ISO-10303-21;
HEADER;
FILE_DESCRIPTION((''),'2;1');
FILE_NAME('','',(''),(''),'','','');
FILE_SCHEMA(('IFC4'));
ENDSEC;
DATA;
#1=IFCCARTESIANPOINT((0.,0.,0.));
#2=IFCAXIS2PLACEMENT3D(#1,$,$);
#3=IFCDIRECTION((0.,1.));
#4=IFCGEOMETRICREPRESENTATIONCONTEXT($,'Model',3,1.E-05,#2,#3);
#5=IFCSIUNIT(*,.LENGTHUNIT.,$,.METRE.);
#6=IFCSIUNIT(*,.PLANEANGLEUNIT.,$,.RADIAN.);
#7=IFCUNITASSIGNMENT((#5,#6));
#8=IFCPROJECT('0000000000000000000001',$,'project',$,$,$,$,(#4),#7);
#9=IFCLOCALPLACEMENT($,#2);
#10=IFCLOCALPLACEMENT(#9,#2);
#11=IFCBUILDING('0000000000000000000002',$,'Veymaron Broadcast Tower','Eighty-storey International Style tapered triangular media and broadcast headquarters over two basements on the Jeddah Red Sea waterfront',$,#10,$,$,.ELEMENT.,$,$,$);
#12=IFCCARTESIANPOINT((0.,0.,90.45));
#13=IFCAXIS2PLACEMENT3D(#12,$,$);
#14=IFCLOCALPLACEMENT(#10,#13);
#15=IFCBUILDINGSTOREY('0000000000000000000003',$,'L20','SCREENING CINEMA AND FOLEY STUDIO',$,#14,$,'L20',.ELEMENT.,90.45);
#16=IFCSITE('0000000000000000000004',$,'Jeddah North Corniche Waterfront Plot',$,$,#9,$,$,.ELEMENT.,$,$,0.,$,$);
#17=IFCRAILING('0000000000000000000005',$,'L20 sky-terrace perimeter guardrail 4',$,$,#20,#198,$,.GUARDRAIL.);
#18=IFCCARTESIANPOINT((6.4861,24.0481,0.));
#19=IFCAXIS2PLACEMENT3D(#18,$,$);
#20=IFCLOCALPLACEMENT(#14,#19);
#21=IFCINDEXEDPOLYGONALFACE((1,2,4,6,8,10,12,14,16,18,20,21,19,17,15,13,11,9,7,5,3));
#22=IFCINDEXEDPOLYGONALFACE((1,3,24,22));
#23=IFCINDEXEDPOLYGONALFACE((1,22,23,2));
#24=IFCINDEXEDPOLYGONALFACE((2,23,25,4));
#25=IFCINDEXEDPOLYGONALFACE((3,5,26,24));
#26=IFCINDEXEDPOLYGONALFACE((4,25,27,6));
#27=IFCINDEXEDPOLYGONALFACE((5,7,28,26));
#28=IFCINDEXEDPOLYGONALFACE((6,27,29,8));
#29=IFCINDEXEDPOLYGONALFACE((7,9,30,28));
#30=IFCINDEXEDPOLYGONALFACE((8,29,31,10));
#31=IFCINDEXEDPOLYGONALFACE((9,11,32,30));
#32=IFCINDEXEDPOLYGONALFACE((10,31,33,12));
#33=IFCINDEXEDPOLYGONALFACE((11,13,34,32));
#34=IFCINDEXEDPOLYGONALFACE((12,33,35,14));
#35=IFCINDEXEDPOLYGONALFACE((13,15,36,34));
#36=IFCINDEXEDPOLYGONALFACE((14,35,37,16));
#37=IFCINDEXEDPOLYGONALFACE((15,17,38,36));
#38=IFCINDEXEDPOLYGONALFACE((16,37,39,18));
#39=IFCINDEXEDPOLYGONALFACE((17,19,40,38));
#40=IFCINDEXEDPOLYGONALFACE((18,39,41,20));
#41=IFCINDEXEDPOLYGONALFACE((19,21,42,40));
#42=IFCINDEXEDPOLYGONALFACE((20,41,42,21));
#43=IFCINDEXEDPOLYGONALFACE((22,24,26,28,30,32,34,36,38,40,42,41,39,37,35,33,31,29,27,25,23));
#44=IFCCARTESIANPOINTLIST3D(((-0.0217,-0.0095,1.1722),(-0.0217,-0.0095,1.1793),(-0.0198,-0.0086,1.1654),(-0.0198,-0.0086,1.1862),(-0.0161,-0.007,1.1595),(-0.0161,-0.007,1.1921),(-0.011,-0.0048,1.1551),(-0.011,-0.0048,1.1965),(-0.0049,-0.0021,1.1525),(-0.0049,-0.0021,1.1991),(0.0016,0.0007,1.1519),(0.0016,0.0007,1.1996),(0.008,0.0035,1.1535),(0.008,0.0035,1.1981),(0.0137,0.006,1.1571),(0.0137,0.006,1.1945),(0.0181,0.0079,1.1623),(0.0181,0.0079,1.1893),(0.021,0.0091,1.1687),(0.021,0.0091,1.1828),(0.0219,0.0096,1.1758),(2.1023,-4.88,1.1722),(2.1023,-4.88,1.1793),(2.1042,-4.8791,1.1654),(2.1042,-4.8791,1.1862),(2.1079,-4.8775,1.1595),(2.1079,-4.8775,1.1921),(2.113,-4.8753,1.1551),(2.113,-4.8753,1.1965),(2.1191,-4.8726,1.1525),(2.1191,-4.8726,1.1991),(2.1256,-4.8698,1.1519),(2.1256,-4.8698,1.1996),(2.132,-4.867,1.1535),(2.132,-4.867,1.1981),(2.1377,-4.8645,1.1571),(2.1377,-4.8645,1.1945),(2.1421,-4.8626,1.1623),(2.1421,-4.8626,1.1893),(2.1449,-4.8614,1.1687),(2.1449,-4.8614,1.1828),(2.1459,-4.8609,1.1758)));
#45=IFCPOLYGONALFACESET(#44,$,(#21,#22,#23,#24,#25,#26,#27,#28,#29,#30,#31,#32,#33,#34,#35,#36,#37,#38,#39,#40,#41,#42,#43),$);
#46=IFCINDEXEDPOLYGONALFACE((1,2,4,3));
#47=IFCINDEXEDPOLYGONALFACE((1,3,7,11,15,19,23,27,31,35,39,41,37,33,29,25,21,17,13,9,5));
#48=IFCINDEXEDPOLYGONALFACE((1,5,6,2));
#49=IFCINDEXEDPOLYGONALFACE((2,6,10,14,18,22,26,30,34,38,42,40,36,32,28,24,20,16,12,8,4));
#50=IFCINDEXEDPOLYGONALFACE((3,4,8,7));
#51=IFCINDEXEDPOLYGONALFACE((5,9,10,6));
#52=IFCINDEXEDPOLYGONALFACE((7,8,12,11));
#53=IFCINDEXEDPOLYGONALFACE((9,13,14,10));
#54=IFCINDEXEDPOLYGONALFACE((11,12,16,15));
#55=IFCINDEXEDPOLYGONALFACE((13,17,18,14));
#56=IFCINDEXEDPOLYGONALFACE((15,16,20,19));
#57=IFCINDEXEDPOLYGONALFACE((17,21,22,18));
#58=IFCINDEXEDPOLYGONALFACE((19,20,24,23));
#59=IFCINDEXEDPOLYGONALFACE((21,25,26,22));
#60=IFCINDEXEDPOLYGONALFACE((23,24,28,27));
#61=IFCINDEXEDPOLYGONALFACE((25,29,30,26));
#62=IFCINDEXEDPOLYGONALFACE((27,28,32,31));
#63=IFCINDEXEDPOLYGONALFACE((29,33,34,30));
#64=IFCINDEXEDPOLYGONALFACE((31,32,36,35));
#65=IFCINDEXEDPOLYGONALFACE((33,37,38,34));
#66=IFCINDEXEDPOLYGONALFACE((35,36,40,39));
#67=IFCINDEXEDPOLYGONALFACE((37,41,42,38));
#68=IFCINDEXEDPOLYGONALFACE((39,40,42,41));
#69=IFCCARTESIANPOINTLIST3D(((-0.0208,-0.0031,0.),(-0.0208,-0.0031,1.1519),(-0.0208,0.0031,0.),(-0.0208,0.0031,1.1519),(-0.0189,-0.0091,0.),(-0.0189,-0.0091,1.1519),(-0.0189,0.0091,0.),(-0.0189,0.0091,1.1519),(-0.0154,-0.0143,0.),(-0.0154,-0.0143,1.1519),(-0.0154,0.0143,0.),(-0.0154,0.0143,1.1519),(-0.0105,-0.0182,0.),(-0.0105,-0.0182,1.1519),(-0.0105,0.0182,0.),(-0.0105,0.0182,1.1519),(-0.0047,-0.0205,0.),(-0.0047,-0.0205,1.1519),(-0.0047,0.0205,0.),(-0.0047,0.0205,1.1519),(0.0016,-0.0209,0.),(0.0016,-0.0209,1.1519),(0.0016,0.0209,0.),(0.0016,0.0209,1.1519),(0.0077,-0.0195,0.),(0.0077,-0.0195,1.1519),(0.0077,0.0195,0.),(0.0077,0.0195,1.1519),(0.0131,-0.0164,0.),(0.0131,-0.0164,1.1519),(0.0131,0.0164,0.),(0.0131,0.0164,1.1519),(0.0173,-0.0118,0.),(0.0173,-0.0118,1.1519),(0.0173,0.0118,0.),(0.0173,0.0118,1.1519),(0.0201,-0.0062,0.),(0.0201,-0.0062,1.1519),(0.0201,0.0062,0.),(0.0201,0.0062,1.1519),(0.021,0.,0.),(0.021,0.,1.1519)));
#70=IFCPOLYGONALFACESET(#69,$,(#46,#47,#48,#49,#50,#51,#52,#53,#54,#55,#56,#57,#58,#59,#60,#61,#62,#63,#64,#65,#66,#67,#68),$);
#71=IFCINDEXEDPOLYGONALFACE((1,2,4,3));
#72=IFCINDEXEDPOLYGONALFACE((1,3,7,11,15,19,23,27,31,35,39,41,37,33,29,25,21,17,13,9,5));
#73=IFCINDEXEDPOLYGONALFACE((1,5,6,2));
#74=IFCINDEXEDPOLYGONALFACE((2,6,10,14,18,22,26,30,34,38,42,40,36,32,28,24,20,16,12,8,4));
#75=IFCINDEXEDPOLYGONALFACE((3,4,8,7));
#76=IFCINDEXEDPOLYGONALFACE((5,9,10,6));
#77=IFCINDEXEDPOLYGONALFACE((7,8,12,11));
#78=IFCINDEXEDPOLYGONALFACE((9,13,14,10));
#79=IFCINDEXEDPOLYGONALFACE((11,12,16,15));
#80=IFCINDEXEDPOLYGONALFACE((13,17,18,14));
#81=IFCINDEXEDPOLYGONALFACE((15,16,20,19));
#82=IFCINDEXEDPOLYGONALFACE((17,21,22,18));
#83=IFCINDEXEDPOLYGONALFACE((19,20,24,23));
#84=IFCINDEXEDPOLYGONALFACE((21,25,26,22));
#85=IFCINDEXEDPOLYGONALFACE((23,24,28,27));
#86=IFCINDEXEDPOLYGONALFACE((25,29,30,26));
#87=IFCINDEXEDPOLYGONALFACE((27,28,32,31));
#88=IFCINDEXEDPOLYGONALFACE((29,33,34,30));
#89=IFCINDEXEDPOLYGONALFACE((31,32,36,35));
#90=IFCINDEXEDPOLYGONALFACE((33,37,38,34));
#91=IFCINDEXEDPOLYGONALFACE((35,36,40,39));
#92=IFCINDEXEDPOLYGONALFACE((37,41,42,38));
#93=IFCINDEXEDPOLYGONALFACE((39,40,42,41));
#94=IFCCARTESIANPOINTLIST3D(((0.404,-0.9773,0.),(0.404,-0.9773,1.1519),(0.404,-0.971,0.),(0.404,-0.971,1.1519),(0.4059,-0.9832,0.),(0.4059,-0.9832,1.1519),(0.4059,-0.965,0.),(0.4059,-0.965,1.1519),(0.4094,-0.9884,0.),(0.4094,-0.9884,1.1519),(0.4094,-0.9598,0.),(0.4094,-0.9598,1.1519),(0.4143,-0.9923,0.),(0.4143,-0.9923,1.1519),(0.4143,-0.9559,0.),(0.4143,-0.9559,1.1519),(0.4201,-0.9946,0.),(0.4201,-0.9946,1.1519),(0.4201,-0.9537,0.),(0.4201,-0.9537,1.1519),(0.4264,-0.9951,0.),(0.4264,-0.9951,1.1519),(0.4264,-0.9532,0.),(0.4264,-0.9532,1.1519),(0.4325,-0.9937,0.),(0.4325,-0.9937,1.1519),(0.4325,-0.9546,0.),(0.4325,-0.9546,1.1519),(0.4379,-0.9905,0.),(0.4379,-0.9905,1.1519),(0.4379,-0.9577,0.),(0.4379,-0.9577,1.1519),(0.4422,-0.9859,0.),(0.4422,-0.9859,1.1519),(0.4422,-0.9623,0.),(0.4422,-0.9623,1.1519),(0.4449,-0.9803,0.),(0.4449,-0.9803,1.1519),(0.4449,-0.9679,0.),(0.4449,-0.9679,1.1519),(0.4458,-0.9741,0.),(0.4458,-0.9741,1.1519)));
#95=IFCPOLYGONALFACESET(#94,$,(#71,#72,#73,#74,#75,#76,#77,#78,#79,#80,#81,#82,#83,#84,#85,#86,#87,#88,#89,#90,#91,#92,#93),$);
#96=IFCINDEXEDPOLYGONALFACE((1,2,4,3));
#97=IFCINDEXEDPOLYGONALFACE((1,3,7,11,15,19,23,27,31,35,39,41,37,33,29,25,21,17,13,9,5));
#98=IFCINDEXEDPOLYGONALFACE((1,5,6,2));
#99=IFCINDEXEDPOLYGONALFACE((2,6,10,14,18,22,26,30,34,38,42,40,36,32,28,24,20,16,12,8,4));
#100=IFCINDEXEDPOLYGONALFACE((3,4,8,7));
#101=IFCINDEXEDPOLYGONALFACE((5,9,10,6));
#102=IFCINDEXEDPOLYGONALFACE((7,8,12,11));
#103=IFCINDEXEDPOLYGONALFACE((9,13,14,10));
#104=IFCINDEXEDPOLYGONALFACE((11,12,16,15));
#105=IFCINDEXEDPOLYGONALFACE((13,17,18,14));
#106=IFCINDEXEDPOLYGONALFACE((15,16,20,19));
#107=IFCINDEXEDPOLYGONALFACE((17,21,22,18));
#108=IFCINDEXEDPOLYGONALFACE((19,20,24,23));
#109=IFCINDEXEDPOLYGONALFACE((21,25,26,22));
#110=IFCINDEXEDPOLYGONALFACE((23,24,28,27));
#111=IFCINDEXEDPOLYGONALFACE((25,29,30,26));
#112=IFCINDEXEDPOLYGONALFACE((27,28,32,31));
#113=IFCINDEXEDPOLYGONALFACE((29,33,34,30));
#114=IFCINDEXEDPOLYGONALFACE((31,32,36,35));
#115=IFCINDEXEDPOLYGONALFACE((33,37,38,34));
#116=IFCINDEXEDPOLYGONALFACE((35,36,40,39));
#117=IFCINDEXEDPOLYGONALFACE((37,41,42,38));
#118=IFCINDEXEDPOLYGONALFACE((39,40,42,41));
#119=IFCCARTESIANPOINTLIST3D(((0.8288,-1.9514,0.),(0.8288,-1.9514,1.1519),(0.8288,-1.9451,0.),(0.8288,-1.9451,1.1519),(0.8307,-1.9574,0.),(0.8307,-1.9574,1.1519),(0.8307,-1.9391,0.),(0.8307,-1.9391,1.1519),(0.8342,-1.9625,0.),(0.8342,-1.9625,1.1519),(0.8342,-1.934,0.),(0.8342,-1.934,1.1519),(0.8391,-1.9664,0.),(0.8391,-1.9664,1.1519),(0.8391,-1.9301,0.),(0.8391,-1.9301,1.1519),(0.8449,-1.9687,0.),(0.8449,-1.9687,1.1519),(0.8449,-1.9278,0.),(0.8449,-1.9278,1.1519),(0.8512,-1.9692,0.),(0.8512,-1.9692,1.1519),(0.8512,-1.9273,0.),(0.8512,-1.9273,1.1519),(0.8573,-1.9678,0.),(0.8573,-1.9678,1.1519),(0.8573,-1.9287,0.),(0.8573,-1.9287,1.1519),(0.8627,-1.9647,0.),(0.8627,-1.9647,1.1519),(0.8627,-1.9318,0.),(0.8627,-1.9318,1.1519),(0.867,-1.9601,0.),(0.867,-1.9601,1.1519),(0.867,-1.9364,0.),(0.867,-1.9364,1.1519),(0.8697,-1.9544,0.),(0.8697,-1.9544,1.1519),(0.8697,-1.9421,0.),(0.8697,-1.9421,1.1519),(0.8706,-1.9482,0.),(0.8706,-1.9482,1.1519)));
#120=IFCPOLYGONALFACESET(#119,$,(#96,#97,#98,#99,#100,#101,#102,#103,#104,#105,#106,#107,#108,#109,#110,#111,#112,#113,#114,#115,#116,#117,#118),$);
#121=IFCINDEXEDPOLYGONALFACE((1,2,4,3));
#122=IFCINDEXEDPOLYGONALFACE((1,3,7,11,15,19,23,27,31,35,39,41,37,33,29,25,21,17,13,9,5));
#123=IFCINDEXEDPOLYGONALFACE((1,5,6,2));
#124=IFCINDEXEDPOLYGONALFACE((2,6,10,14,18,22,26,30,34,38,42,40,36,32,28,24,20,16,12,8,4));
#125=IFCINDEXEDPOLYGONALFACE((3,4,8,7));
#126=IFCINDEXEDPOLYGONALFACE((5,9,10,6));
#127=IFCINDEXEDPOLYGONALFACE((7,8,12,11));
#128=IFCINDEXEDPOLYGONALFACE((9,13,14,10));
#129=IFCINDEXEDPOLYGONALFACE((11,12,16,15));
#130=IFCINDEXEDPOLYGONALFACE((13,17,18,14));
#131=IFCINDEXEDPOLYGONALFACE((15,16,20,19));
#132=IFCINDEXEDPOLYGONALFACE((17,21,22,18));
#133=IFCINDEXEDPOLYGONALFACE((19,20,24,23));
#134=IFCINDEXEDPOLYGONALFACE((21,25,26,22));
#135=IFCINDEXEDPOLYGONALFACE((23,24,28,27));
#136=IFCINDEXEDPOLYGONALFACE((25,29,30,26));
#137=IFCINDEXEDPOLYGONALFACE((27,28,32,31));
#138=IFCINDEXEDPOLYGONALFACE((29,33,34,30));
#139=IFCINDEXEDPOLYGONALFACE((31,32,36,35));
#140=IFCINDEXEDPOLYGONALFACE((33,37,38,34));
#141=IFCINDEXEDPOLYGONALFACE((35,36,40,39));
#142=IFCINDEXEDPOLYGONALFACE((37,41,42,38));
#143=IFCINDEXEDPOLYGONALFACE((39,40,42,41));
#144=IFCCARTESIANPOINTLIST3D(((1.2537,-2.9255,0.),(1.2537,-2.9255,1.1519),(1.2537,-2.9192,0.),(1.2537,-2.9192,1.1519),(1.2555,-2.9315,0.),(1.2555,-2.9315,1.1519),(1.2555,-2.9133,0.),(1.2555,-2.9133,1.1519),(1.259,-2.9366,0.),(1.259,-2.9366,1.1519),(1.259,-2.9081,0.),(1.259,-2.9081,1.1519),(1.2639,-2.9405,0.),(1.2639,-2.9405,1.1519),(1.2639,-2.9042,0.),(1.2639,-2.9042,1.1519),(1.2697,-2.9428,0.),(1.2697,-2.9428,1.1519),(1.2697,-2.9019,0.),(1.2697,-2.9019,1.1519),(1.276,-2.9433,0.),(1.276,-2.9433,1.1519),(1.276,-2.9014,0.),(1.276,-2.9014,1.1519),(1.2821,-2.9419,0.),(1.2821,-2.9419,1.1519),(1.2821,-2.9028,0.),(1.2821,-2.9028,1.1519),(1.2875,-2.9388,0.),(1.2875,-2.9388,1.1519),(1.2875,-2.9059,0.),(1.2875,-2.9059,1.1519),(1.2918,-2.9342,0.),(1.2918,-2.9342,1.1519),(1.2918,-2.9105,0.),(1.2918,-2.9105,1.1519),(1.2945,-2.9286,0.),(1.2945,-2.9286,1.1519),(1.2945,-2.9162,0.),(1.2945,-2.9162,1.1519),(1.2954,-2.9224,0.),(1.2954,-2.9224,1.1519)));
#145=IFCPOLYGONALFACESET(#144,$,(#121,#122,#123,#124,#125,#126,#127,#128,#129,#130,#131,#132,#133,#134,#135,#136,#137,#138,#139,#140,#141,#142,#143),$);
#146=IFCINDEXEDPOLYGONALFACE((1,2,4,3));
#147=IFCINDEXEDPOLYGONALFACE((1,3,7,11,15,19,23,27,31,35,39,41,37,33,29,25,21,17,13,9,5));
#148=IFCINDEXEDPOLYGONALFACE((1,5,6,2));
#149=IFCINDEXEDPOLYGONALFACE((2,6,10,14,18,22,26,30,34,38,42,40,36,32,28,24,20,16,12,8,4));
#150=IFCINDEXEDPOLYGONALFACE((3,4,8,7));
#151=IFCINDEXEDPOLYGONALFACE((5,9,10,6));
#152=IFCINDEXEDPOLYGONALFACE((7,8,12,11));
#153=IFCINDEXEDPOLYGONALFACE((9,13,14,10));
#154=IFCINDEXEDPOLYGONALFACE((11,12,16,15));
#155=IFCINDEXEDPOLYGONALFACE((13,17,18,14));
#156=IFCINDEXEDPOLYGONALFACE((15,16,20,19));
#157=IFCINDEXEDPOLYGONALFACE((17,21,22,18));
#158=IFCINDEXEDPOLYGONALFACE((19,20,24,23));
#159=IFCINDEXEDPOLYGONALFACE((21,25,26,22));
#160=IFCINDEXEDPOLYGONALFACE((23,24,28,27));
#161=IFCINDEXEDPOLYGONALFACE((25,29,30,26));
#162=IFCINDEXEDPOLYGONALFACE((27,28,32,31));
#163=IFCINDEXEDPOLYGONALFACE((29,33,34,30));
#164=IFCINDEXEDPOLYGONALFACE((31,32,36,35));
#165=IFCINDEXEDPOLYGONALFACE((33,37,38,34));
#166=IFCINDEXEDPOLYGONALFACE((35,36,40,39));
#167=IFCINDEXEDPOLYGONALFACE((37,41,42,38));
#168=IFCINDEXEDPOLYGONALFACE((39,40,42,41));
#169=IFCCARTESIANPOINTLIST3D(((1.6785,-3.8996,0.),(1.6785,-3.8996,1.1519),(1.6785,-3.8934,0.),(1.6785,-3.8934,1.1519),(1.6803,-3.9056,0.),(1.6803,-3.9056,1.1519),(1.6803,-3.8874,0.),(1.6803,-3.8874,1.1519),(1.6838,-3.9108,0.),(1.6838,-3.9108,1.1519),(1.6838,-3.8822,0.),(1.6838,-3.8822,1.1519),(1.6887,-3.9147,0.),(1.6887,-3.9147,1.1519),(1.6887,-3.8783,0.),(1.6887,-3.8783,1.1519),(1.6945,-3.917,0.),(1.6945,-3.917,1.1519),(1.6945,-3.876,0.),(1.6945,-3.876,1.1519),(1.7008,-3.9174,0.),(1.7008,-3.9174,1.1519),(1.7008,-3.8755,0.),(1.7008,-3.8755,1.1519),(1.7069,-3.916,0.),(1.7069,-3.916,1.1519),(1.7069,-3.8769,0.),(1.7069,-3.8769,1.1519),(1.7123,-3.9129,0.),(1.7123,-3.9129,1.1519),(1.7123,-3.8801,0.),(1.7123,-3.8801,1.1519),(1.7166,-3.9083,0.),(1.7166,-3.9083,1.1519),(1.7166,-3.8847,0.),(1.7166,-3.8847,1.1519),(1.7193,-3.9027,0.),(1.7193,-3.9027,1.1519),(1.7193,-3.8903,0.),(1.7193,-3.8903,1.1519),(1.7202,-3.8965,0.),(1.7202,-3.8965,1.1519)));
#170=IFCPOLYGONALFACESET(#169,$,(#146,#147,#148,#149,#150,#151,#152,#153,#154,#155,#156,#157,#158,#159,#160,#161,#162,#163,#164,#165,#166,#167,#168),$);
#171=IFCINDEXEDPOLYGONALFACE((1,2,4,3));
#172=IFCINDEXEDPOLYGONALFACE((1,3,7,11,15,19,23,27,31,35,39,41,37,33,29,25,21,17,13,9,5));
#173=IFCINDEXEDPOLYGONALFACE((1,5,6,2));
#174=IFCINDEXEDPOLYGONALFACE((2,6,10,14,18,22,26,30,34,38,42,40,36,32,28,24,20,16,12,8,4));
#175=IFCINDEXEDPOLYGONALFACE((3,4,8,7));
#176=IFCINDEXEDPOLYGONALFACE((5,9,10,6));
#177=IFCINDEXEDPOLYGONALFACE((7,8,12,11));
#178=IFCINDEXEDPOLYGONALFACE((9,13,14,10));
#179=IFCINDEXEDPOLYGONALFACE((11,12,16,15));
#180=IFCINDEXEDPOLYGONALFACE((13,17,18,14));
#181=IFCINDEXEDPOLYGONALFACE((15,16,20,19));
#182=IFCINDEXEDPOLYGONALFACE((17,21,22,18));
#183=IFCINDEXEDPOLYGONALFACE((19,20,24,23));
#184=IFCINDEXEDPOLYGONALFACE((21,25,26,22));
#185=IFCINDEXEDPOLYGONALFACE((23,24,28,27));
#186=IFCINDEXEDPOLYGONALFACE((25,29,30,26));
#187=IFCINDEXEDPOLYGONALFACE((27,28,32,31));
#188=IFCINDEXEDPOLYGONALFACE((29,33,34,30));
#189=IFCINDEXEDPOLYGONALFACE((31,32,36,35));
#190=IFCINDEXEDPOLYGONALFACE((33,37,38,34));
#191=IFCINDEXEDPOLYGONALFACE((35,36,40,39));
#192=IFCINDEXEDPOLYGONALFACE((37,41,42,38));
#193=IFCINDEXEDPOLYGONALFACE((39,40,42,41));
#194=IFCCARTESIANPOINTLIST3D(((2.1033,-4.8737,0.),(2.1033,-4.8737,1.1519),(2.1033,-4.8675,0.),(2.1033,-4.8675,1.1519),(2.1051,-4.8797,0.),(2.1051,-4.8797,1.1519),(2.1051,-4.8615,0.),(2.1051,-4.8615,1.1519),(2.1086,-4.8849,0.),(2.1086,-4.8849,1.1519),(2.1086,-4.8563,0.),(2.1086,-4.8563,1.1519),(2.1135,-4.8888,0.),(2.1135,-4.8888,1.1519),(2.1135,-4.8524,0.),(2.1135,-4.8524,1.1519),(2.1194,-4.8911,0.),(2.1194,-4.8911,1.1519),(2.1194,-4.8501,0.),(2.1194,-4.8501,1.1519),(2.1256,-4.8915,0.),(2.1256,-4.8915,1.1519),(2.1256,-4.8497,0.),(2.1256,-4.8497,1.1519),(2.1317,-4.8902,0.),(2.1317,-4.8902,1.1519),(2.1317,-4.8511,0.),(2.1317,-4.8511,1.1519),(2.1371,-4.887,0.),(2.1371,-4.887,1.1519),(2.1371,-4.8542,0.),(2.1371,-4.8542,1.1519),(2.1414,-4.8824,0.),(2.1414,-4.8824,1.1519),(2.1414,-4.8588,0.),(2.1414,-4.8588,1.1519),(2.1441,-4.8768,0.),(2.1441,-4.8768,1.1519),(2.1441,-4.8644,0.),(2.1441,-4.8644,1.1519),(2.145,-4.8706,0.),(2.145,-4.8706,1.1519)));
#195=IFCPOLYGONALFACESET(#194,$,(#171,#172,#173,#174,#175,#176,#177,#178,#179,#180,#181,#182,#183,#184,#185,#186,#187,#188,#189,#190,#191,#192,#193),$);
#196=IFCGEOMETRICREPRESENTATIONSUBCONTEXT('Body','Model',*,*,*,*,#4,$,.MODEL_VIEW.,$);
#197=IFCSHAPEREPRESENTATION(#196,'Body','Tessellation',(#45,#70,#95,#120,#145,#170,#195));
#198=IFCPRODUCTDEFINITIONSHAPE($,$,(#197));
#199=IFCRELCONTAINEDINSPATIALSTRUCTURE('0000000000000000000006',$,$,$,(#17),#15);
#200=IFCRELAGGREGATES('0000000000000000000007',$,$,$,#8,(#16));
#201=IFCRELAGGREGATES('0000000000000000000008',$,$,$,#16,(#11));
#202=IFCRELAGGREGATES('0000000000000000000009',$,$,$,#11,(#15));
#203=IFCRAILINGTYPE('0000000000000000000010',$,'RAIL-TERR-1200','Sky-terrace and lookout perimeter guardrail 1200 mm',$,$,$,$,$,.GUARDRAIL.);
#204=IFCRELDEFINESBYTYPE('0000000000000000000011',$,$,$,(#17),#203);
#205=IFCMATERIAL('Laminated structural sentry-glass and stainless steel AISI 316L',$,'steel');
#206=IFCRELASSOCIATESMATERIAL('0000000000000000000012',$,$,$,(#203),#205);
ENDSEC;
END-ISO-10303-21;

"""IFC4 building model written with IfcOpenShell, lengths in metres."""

from ifc_helpers import new_model, si_unit, direction, frame, origin, origin_2d, place, context, subcontext, project, spatial, circle, extrude, material, type_object, element, save


model = new_model("IFC4")

# Units and contexts
model_context = context("Model", 3, precision=1e-05, world=origin(), true_north=direction((0.0, 1.0)))
body_context = subcontext(model_context, "Body", "Model", "MODEL_VIEW")
ifc_project = project(units=[si_unit("LENGTHUNIT", "METRE"), si_unit("PLANEANGLEUNIT", "RADIAN")], contexts=[model_context])

# Site, building, storey
site_placement = place(None, origin())
site = spatial("IfcSite", under=ifc_project, at=site_placement, Name="Jeddah North Corniche Waterfront Plot", CompositionType="ELEMENT", RefElevation=0.0)
building_placement = place(site_placement, origin())
building = spatial("IfcBuilding", under=site, at=building_placement, Name="Veymaron Broadcast Tower", Description="Eighty-storey International Style tapered triangular media and broadcast headquarters over two basements on the Jeddah Red Sea waterfront", CompositionType="ELEMENT")
storey_placement = place(building_placement, frame((0.0, 0.0, 90.45)))
storey = spatial("IfcBuildingStorey", under=building, at=storey_placement, Name="L20", Description="SCREENING CINEMA AND FOLEY STUDIO", LongName="L20", CompositionType="ELEMENT", Elevation=90.45)

# Railing
ifc_material_1 = material(Name="Laminated structural sentry-glass and stainless steel AISI 316L", Category="steel")
railing_type = type_object("IfcRailingType", Name="RAIL-TERR-1200", Description="Sky-terrace and lookout perimeter guardrail 1200 mm", PredefinedType="GUARDRAIL", material=ifc_material_1)
railing_1_placement = place(storey_placement, frame((6.4861, 24.0481, 0.0)))
element("IfcRailing", 1, at=railing_1_placement, inside=storey, type_object=railing_type, Name="L20 sky-terrace perimeter guardrail 4", PredefinedType="GUARDRAIL", context=body_context, shape_type="SweptSolid", body=[
    extrude(circle(Radius=0.0239, at=origin_2d()), frame((0.0, 0.0, 1.1758), z_axis=(0.399734, -0.916631, 0.0), x_axis=(0.916631, 0.399734, 0.0)), (0.0, 0.0, 1.0), 5.3135),
    extrude(circle(Radius=0.021, at=origin_2d()), origin(), (0.0, 0.0, 1.0), 1.1519),
    extrude(circle(Radius=0.021, at=origin_2d()), frame((0.4248, -0.9741, 0.0)), (0.0, 0.0, 1.0), 1.1519),
    extrude(circle(Radius=0.021, at=origin_2d()), frame((0.8496, -1.9482, 0.0)), (0.0, 0.0, 1.0), 1.1519),
    extrude(circle(Radius=0.021, at=origin_2d()), frame((1.2744, -2.9224, 0.0)), (0.0, 0.0, 1.0), 1.1519),
    extrude(circle(Radius=0.021, at=origin_2d()), frame((1.6992, -3.8965, 0.0)), (0.0, 0.0, 1.0), 1.1519),
    extrude(circle(Radius=0.021, at=origin_2d()), frame((2.124, -4.8706, 0.0)), (0.0, 0.0, 1.0), 1.1519),
])

save(model, "model.ifc")
